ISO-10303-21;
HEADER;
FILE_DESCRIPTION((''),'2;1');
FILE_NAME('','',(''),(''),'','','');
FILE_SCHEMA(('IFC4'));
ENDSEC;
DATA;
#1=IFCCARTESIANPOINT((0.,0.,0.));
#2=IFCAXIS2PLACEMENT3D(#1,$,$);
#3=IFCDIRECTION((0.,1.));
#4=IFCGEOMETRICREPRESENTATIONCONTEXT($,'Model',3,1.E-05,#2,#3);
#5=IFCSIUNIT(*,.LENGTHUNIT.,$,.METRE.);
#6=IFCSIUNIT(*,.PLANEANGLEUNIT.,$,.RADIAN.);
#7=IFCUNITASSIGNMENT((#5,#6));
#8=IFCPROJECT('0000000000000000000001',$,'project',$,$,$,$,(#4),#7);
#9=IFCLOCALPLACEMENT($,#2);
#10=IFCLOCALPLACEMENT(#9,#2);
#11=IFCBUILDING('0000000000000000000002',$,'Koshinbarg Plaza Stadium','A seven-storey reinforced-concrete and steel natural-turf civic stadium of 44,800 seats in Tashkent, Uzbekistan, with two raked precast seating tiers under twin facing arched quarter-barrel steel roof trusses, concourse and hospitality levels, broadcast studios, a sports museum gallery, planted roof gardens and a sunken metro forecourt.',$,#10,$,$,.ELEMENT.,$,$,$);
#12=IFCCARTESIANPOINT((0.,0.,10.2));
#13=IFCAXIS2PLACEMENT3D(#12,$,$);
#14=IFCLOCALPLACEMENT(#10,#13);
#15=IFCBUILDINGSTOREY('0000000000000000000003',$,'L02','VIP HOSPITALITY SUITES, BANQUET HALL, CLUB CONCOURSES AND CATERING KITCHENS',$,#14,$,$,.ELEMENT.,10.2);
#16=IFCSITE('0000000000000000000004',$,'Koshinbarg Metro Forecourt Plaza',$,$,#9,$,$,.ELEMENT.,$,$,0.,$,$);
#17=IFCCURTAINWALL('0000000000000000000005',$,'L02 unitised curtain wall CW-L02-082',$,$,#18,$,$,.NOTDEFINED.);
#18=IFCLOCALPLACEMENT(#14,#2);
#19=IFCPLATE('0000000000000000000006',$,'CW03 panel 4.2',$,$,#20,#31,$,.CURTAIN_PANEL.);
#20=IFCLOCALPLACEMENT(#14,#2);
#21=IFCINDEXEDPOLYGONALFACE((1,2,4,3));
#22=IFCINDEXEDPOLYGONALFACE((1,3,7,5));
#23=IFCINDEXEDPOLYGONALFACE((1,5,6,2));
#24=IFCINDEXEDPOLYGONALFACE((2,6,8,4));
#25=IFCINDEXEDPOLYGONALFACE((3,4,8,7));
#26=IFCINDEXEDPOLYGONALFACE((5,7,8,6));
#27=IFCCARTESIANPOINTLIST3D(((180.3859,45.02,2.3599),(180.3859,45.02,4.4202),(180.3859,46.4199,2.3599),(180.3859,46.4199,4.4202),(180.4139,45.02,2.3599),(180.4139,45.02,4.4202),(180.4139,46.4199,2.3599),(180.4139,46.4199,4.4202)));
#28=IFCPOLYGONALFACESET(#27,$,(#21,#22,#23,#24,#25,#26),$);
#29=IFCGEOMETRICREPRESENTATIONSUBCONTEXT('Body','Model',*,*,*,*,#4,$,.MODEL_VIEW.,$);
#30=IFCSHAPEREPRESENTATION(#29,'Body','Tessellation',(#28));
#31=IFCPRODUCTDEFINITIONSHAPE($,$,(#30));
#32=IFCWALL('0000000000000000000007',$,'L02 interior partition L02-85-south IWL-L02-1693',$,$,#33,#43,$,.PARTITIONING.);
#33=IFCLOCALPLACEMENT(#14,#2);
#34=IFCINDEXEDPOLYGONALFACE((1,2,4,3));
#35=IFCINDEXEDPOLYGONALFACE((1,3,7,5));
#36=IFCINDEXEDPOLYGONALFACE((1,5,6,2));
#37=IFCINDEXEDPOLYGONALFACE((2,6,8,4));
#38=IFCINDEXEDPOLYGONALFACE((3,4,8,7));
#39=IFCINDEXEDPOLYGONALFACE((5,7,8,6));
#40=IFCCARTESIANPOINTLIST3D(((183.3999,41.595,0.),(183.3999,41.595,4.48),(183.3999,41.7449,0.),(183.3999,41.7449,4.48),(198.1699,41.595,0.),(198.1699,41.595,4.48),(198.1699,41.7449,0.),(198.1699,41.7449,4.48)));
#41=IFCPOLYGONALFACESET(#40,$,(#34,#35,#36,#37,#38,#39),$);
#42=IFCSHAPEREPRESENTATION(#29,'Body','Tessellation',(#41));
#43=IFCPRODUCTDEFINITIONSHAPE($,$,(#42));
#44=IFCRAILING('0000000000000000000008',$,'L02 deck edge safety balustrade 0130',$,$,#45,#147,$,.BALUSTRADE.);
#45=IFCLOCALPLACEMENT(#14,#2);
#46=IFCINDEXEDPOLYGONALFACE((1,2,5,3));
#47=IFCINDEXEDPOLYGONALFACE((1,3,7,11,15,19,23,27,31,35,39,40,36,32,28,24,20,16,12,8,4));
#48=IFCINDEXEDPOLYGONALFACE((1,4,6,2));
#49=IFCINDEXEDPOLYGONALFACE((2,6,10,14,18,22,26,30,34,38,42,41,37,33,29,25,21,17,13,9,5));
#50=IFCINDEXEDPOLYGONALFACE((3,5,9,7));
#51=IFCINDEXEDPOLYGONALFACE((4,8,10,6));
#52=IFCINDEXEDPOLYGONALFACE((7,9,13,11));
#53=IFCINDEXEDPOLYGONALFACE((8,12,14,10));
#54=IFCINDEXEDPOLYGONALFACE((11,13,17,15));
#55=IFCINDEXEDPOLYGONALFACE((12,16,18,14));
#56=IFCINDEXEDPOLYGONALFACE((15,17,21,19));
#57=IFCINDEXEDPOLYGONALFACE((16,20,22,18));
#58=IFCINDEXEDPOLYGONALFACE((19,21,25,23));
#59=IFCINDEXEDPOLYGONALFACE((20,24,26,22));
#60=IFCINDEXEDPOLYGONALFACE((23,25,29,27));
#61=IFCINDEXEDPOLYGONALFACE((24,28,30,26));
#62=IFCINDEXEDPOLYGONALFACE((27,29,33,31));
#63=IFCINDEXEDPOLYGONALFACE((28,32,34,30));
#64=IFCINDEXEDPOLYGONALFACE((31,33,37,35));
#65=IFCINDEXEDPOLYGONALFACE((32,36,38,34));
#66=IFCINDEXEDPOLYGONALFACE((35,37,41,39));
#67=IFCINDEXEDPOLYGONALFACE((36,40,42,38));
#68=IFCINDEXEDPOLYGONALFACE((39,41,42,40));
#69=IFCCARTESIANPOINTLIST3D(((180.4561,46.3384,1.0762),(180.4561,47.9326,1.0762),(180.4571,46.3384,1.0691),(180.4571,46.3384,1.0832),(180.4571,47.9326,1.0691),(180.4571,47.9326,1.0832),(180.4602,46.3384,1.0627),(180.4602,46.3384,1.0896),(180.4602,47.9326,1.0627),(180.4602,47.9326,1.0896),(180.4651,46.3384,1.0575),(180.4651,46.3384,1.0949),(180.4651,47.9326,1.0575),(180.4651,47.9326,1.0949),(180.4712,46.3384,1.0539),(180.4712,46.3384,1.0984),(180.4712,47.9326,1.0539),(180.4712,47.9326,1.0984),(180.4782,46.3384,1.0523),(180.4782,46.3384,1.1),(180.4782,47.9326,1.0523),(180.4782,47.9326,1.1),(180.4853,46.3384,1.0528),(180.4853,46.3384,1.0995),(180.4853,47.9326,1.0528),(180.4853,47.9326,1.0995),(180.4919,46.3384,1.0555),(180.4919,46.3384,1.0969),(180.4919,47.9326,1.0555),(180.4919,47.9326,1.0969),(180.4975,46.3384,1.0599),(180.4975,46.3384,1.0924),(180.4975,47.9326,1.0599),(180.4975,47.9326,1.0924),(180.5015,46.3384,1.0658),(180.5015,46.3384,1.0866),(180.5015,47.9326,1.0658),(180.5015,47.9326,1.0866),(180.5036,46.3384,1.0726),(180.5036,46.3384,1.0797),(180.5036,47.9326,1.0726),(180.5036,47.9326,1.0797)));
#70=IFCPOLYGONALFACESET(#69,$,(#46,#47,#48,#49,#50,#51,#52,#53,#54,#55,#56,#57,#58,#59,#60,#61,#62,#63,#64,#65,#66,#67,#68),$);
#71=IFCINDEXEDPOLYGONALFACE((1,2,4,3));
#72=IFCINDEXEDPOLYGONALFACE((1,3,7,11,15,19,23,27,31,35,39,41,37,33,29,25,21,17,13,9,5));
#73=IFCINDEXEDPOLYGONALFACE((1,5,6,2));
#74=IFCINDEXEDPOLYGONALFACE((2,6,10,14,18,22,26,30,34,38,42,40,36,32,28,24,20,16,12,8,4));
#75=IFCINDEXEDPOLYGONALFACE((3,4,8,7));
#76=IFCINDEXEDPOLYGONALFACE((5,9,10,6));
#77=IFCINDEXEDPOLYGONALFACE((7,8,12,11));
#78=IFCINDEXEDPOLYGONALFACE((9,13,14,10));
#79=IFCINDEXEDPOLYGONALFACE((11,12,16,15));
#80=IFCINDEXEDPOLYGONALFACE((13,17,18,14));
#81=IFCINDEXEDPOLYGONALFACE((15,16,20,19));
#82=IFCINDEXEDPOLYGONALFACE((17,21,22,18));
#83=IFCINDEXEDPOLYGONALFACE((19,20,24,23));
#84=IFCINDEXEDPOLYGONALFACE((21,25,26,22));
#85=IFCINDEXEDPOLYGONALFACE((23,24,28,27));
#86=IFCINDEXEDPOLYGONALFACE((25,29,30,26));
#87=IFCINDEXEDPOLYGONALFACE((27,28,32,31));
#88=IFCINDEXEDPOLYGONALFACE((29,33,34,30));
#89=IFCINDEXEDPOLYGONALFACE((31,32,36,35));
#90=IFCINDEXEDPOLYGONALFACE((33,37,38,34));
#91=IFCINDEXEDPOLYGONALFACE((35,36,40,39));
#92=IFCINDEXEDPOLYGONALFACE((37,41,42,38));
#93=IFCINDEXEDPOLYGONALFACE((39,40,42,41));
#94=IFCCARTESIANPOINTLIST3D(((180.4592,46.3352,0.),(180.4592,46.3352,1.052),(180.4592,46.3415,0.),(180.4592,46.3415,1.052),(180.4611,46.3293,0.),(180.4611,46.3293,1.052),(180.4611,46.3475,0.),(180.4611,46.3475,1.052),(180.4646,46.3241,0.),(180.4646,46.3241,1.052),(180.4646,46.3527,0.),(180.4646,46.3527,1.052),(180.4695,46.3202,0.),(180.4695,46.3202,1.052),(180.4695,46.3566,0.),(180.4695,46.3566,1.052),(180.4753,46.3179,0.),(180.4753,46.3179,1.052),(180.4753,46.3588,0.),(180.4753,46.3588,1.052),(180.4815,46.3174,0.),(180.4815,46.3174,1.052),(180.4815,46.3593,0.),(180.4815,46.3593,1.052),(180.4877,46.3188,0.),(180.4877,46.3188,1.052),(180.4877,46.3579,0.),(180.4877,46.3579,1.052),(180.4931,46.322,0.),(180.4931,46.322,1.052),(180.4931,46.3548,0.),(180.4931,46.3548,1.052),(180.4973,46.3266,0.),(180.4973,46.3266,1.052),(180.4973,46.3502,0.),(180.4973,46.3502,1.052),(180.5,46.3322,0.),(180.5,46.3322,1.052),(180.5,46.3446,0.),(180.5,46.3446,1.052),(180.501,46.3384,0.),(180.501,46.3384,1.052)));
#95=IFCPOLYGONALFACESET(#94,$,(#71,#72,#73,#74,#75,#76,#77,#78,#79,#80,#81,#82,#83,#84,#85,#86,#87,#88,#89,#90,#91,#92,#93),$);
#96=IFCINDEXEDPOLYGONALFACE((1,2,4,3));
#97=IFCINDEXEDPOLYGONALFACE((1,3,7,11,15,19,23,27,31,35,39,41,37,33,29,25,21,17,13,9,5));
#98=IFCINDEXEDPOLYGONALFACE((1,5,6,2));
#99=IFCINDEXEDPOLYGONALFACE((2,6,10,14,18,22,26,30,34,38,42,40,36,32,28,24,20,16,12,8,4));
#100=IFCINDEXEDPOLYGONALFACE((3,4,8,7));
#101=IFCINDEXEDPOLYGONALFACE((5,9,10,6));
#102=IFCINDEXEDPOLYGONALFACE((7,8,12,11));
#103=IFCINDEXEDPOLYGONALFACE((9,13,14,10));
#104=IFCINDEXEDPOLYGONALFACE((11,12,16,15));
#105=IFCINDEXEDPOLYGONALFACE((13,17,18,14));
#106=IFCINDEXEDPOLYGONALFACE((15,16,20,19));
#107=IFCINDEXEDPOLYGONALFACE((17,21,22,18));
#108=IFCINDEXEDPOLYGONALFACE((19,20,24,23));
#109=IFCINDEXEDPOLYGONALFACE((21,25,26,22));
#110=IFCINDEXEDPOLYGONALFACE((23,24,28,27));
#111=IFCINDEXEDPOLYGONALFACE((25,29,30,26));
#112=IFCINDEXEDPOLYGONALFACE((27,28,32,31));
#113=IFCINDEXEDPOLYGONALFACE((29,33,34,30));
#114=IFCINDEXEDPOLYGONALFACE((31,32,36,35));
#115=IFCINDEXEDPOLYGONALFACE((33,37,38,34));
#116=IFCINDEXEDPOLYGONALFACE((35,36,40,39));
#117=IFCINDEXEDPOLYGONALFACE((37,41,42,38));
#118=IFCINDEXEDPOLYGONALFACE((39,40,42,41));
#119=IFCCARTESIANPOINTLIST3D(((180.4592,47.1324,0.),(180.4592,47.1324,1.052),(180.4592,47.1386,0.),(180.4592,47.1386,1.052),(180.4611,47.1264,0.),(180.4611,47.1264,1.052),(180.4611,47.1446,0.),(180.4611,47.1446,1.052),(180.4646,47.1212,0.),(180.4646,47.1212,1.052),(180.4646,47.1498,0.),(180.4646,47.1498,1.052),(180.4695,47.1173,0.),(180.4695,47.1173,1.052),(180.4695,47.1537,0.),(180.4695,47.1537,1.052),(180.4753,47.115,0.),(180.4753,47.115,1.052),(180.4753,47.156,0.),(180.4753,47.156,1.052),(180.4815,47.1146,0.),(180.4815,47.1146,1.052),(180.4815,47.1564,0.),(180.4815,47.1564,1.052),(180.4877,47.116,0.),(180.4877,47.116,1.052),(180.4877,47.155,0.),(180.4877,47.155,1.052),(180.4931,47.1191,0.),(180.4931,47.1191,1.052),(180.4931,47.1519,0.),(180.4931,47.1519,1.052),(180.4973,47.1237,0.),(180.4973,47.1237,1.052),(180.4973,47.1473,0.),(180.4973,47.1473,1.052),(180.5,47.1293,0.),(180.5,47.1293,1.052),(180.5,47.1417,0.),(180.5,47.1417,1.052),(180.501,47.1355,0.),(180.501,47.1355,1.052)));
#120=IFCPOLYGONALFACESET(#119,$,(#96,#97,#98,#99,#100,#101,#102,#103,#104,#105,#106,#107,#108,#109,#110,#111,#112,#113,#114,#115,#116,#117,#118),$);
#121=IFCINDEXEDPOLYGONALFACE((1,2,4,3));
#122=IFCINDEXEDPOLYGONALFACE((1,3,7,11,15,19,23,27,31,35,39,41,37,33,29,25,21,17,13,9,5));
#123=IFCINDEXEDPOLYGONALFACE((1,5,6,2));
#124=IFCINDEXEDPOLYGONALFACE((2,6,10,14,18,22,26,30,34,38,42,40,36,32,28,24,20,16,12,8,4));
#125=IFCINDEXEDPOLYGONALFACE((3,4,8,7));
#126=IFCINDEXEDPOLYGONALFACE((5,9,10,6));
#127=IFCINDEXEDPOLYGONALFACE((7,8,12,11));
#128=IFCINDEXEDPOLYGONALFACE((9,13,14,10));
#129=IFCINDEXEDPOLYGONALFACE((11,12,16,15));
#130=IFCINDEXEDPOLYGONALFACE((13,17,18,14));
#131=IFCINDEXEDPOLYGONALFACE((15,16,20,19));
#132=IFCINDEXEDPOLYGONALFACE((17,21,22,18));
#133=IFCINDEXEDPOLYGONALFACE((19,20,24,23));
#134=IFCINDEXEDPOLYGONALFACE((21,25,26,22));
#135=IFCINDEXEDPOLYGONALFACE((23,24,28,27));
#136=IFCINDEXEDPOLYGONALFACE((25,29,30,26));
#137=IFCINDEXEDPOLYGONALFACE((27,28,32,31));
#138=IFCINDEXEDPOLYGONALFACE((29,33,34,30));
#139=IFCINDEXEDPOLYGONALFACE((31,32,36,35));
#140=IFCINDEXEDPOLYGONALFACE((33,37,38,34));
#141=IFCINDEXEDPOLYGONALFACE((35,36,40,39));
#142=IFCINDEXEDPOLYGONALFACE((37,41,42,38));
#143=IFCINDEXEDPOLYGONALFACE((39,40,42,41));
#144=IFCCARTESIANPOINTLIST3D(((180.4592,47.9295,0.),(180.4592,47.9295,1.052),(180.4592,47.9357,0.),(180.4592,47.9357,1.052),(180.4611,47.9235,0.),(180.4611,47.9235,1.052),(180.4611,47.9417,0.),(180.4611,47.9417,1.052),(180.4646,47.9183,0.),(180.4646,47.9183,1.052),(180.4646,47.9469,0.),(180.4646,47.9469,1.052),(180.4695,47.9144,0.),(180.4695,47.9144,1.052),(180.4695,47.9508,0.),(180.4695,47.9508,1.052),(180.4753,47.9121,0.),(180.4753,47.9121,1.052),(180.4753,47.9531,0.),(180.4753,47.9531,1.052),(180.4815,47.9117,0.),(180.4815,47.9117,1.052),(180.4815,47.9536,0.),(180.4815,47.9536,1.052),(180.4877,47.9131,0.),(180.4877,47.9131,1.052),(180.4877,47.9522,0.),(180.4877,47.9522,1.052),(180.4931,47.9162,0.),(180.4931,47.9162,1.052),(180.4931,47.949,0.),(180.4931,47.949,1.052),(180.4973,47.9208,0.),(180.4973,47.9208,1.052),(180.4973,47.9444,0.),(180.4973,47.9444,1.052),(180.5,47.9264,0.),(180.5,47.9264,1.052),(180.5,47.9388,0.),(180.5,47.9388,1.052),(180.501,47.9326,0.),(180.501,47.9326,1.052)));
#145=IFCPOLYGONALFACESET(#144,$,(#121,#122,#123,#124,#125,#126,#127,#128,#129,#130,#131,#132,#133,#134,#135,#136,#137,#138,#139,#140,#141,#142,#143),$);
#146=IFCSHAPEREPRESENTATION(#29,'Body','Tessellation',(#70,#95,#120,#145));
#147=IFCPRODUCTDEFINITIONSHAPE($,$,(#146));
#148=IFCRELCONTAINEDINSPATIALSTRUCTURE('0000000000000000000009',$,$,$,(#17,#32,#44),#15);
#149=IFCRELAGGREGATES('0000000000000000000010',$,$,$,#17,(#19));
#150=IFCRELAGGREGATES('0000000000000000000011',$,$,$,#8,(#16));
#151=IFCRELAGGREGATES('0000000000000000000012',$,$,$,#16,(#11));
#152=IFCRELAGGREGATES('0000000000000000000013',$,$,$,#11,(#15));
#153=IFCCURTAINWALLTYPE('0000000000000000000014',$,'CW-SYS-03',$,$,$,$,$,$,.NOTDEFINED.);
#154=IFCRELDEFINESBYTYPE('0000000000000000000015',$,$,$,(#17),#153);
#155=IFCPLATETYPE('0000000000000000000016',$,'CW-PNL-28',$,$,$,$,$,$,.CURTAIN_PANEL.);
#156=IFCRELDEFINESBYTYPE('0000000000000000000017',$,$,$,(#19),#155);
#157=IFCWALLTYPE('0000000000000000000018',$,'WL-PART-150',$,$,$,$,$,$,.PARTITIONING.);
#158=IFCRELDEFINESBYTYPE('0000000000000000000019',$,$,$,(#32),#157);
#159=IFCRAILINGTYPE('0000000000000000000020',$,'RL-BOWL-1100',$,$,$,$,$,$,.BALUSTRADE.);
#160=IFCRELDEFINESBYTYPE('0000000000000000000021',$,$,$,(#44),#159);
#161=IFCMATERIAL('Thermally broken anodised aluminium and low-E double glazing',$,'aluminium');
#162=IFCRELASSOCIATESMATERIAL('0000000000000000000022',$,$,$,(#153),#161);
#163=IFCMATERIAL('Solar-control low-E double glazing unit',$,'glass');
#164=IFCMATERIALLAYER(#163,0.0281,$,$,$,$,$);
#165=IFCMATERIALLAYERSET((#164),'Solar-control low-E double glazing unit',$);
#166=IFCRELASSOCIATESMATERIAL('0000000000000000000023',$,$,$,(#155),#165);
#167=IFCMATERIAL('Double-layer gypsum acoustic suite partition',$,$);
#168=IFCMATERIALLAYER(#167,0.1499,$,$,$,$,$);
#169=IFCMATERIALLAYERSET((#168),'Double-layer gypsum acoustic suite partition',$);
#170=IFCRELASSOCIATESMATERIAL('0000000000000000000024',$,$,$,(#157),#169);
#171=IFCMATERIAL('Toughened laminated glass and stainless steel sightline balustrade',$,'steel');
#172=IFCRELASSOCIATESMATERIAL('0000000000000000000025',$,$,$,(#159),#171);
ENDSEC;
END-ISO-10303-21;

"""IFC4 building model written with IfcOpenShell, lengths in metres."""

from ifc_helpers import new_model, si_unit, direction, frame, frame_2d, origin, origin_2d, place, context, subcontext, project, spatial, rectangle, circle, extrude, material, layer, layer_set, type_object, element, aggregate, save


model = new_model("IFC4")

# Units and contexts
model_context = context("Model", 3, precision=1e-05, world=origin(), true_north=direction((0.0, 1.0)))
body_context = subcontext(model_context, "Body", "Model", "MODEL_VIEW")
ifc_project = project(units=[si_unit("LENGTHUNIT", "METRE"), si_unit("PLANEANGLEUNIT", "RADIAN")], contexts=[model_context])

# Site, building, storey
site_placement = place(None, origin())
site = spatial("IfcSite", under=ifc_project, at=site_placement, Name="Koshinbarg Metro Forecourt Plaza", CompositionType="ELEMENT", RefElevation=0.0)
building_placement = place(site_placement, origin())
building = spatial("IfcBuilding", under=site, at=building_placement, Name="Koshinbarg Plaza Stadium", Description="A seven-storey reinforced-concrete and steel natural-turf civic stadium of 44,800 seats in Tashkent, Uzbekistan, with two raked precast seating tiers under twin facing arched quarter-barrel steel roof trusses, concourse and hospitality levels, broadcast studios, a sports museum gallery, planted roof gardens and a sunken metro forecourt.", CompositionType="ELEMENT")
storey_placement = place(building_placement, frame((0.0, 0.0, 10.2)))
storey = spatial("IfcBuildingStorey", under=building, at=storey_placement, Name="L02", Description="VIP HOSPITALITY SUITES, BANQUET HALL, CLUB CONCOURSES AND CATERING KITCHENS", CompositionType="ELEMENT", Elevation=10.2)

# Curtain wall, plate
ifc_material_1 = material(Name="Thermally broken anodised aluminium and low-E double glazing", Category="aluminium")
curtain_wall_type = type_object("IfcCurtainWallType", Name="CW-SYS-03", PredefinedType="NOTDEFINED", material=ifc_material_1)
curtain_wall_placement = place(storey_placement, origin())
curtain_wall = element("IfcCurtainWall", 1, at=curtain_wall_placement, inside=storey, type_object=curtain_wall_type, Name="L02 unitised curtain wall CW-L02-082", PredefinedType="NOTDEFINED")
ifc_material_2 = material(Name="Solar-control low-E double glazing unit", Category="glass")
ifc_layer_1 = layer(ifc_material_2, 0.0281)
ifc_layer_set_1 = layer_set([ifc_layer_1], Name="Solar-control low-E double glazing unit")
plate_type = type_object("IfcPlateType", Name="CW-PNL-28", PredefinedType="CURTAIN_PANEL", material=ifc_layer_set_1)
plate_1_placement = place(storey_placement, frame((180.3999, 45.72, 2.3599), z_axis=(0.0, 0.0, 1.0), x_axis=(0.0, 1.0, 0.0)))
plate_1 = element("IfcPlate", 2, at=plate_1_placement, type_object=plate_type, Name="CW03 panel 4.2", PredefinedType="CURTAIN_PANEL", context=body_context, shape_type="SweptSolid", body=[
    extrude(rectangle(XDim=1.3999, YDim=0.0281, at=origin_2d()), origin(), (0.0, 0.0, 1.0), 2.0603),
])
aggregate(curtain_wall, [plate_1])

# Wall
ifc_material_3 = material(Name="Double-layer gypsum acoustic suite partition")
ifc_layer_2 = layer(ifc_material_3, 0.1499)
ifc_layer_set_2 = layer_set([ifc_layer_2], Name="Double-layer gypsum acoustic suite partition")
wall_type = type_object("IfcWallType", Name="WL-PART-150", PredefinedType="PARTITIONING", material=ifc_layer_set_2)
wall_placement = place(storey_placement, frame((183.3999, 41.6699, 0.0), z_axis=(0.0, 0.0, 1.0), x_axis=(1.0, 0.0, 0.0)))
element("IfcWall", 3, at=wall_placement, inside=storey, type_object=wall_type, Name="L02 interior partition L02-85-south IWL-L02-1693", PredefinedType="PARTITIONING", context=body_context, shape_type="SweptSolid", body=[
    extrude(rectangle(XDim=14.77, YDim=0.1499, at=frame_2d((7.385, 0.0))), origin(), (0.0, 0.0, 1.0), 4.48),
])

# Railing
ifc_material_4 = material(Name="Toughened laminated glass and stainless steel sightline balustrade", Category="steel")
railing_type = type_object("IfcRailingType", Name="RL-BOWL-1100", PredefinedType="BALUSTRADE", material=ifc_material_4)
railing_placement = place(storey_placement, frame((180.48, 46.3384, 0.0)))
element("IfcRailing", 4, at=railing_placement, inside=storey, type_object=railing_type, Name="L02 deck edge safety balustrade 0130", PredefinedType="BALUSTRADE", context=body_context, shape_type="SweptSolid", body=[
    extrude(circle(Radius=0.0239, at=origin_2d()), frame((0.0, 0.0, 1.0762), z_axis=(0.0, 1.0, 0.0), x_axis=(-1.0, 0.0, 0.0)), (0.0, 0.0, 1.0), 1.5942),
    extrude(circle(Radius=0.021, at=origin_2d()), origin(), (0.0, 0.0, 1.0), 1.052),
    extrude(circle(Radius=0.021, at=origin_2d()), frame((0.0, 0.7971, 0.0)), (0.0, 0.0, 1.0), 1.052),
    extrude(circle(Radius=0.021, at=origin_2d()), frame((0.0, 1.5942, 0.0)), (0.0, 0.0, 1.0), 1.052),
])

save(model, "model.ifc")
